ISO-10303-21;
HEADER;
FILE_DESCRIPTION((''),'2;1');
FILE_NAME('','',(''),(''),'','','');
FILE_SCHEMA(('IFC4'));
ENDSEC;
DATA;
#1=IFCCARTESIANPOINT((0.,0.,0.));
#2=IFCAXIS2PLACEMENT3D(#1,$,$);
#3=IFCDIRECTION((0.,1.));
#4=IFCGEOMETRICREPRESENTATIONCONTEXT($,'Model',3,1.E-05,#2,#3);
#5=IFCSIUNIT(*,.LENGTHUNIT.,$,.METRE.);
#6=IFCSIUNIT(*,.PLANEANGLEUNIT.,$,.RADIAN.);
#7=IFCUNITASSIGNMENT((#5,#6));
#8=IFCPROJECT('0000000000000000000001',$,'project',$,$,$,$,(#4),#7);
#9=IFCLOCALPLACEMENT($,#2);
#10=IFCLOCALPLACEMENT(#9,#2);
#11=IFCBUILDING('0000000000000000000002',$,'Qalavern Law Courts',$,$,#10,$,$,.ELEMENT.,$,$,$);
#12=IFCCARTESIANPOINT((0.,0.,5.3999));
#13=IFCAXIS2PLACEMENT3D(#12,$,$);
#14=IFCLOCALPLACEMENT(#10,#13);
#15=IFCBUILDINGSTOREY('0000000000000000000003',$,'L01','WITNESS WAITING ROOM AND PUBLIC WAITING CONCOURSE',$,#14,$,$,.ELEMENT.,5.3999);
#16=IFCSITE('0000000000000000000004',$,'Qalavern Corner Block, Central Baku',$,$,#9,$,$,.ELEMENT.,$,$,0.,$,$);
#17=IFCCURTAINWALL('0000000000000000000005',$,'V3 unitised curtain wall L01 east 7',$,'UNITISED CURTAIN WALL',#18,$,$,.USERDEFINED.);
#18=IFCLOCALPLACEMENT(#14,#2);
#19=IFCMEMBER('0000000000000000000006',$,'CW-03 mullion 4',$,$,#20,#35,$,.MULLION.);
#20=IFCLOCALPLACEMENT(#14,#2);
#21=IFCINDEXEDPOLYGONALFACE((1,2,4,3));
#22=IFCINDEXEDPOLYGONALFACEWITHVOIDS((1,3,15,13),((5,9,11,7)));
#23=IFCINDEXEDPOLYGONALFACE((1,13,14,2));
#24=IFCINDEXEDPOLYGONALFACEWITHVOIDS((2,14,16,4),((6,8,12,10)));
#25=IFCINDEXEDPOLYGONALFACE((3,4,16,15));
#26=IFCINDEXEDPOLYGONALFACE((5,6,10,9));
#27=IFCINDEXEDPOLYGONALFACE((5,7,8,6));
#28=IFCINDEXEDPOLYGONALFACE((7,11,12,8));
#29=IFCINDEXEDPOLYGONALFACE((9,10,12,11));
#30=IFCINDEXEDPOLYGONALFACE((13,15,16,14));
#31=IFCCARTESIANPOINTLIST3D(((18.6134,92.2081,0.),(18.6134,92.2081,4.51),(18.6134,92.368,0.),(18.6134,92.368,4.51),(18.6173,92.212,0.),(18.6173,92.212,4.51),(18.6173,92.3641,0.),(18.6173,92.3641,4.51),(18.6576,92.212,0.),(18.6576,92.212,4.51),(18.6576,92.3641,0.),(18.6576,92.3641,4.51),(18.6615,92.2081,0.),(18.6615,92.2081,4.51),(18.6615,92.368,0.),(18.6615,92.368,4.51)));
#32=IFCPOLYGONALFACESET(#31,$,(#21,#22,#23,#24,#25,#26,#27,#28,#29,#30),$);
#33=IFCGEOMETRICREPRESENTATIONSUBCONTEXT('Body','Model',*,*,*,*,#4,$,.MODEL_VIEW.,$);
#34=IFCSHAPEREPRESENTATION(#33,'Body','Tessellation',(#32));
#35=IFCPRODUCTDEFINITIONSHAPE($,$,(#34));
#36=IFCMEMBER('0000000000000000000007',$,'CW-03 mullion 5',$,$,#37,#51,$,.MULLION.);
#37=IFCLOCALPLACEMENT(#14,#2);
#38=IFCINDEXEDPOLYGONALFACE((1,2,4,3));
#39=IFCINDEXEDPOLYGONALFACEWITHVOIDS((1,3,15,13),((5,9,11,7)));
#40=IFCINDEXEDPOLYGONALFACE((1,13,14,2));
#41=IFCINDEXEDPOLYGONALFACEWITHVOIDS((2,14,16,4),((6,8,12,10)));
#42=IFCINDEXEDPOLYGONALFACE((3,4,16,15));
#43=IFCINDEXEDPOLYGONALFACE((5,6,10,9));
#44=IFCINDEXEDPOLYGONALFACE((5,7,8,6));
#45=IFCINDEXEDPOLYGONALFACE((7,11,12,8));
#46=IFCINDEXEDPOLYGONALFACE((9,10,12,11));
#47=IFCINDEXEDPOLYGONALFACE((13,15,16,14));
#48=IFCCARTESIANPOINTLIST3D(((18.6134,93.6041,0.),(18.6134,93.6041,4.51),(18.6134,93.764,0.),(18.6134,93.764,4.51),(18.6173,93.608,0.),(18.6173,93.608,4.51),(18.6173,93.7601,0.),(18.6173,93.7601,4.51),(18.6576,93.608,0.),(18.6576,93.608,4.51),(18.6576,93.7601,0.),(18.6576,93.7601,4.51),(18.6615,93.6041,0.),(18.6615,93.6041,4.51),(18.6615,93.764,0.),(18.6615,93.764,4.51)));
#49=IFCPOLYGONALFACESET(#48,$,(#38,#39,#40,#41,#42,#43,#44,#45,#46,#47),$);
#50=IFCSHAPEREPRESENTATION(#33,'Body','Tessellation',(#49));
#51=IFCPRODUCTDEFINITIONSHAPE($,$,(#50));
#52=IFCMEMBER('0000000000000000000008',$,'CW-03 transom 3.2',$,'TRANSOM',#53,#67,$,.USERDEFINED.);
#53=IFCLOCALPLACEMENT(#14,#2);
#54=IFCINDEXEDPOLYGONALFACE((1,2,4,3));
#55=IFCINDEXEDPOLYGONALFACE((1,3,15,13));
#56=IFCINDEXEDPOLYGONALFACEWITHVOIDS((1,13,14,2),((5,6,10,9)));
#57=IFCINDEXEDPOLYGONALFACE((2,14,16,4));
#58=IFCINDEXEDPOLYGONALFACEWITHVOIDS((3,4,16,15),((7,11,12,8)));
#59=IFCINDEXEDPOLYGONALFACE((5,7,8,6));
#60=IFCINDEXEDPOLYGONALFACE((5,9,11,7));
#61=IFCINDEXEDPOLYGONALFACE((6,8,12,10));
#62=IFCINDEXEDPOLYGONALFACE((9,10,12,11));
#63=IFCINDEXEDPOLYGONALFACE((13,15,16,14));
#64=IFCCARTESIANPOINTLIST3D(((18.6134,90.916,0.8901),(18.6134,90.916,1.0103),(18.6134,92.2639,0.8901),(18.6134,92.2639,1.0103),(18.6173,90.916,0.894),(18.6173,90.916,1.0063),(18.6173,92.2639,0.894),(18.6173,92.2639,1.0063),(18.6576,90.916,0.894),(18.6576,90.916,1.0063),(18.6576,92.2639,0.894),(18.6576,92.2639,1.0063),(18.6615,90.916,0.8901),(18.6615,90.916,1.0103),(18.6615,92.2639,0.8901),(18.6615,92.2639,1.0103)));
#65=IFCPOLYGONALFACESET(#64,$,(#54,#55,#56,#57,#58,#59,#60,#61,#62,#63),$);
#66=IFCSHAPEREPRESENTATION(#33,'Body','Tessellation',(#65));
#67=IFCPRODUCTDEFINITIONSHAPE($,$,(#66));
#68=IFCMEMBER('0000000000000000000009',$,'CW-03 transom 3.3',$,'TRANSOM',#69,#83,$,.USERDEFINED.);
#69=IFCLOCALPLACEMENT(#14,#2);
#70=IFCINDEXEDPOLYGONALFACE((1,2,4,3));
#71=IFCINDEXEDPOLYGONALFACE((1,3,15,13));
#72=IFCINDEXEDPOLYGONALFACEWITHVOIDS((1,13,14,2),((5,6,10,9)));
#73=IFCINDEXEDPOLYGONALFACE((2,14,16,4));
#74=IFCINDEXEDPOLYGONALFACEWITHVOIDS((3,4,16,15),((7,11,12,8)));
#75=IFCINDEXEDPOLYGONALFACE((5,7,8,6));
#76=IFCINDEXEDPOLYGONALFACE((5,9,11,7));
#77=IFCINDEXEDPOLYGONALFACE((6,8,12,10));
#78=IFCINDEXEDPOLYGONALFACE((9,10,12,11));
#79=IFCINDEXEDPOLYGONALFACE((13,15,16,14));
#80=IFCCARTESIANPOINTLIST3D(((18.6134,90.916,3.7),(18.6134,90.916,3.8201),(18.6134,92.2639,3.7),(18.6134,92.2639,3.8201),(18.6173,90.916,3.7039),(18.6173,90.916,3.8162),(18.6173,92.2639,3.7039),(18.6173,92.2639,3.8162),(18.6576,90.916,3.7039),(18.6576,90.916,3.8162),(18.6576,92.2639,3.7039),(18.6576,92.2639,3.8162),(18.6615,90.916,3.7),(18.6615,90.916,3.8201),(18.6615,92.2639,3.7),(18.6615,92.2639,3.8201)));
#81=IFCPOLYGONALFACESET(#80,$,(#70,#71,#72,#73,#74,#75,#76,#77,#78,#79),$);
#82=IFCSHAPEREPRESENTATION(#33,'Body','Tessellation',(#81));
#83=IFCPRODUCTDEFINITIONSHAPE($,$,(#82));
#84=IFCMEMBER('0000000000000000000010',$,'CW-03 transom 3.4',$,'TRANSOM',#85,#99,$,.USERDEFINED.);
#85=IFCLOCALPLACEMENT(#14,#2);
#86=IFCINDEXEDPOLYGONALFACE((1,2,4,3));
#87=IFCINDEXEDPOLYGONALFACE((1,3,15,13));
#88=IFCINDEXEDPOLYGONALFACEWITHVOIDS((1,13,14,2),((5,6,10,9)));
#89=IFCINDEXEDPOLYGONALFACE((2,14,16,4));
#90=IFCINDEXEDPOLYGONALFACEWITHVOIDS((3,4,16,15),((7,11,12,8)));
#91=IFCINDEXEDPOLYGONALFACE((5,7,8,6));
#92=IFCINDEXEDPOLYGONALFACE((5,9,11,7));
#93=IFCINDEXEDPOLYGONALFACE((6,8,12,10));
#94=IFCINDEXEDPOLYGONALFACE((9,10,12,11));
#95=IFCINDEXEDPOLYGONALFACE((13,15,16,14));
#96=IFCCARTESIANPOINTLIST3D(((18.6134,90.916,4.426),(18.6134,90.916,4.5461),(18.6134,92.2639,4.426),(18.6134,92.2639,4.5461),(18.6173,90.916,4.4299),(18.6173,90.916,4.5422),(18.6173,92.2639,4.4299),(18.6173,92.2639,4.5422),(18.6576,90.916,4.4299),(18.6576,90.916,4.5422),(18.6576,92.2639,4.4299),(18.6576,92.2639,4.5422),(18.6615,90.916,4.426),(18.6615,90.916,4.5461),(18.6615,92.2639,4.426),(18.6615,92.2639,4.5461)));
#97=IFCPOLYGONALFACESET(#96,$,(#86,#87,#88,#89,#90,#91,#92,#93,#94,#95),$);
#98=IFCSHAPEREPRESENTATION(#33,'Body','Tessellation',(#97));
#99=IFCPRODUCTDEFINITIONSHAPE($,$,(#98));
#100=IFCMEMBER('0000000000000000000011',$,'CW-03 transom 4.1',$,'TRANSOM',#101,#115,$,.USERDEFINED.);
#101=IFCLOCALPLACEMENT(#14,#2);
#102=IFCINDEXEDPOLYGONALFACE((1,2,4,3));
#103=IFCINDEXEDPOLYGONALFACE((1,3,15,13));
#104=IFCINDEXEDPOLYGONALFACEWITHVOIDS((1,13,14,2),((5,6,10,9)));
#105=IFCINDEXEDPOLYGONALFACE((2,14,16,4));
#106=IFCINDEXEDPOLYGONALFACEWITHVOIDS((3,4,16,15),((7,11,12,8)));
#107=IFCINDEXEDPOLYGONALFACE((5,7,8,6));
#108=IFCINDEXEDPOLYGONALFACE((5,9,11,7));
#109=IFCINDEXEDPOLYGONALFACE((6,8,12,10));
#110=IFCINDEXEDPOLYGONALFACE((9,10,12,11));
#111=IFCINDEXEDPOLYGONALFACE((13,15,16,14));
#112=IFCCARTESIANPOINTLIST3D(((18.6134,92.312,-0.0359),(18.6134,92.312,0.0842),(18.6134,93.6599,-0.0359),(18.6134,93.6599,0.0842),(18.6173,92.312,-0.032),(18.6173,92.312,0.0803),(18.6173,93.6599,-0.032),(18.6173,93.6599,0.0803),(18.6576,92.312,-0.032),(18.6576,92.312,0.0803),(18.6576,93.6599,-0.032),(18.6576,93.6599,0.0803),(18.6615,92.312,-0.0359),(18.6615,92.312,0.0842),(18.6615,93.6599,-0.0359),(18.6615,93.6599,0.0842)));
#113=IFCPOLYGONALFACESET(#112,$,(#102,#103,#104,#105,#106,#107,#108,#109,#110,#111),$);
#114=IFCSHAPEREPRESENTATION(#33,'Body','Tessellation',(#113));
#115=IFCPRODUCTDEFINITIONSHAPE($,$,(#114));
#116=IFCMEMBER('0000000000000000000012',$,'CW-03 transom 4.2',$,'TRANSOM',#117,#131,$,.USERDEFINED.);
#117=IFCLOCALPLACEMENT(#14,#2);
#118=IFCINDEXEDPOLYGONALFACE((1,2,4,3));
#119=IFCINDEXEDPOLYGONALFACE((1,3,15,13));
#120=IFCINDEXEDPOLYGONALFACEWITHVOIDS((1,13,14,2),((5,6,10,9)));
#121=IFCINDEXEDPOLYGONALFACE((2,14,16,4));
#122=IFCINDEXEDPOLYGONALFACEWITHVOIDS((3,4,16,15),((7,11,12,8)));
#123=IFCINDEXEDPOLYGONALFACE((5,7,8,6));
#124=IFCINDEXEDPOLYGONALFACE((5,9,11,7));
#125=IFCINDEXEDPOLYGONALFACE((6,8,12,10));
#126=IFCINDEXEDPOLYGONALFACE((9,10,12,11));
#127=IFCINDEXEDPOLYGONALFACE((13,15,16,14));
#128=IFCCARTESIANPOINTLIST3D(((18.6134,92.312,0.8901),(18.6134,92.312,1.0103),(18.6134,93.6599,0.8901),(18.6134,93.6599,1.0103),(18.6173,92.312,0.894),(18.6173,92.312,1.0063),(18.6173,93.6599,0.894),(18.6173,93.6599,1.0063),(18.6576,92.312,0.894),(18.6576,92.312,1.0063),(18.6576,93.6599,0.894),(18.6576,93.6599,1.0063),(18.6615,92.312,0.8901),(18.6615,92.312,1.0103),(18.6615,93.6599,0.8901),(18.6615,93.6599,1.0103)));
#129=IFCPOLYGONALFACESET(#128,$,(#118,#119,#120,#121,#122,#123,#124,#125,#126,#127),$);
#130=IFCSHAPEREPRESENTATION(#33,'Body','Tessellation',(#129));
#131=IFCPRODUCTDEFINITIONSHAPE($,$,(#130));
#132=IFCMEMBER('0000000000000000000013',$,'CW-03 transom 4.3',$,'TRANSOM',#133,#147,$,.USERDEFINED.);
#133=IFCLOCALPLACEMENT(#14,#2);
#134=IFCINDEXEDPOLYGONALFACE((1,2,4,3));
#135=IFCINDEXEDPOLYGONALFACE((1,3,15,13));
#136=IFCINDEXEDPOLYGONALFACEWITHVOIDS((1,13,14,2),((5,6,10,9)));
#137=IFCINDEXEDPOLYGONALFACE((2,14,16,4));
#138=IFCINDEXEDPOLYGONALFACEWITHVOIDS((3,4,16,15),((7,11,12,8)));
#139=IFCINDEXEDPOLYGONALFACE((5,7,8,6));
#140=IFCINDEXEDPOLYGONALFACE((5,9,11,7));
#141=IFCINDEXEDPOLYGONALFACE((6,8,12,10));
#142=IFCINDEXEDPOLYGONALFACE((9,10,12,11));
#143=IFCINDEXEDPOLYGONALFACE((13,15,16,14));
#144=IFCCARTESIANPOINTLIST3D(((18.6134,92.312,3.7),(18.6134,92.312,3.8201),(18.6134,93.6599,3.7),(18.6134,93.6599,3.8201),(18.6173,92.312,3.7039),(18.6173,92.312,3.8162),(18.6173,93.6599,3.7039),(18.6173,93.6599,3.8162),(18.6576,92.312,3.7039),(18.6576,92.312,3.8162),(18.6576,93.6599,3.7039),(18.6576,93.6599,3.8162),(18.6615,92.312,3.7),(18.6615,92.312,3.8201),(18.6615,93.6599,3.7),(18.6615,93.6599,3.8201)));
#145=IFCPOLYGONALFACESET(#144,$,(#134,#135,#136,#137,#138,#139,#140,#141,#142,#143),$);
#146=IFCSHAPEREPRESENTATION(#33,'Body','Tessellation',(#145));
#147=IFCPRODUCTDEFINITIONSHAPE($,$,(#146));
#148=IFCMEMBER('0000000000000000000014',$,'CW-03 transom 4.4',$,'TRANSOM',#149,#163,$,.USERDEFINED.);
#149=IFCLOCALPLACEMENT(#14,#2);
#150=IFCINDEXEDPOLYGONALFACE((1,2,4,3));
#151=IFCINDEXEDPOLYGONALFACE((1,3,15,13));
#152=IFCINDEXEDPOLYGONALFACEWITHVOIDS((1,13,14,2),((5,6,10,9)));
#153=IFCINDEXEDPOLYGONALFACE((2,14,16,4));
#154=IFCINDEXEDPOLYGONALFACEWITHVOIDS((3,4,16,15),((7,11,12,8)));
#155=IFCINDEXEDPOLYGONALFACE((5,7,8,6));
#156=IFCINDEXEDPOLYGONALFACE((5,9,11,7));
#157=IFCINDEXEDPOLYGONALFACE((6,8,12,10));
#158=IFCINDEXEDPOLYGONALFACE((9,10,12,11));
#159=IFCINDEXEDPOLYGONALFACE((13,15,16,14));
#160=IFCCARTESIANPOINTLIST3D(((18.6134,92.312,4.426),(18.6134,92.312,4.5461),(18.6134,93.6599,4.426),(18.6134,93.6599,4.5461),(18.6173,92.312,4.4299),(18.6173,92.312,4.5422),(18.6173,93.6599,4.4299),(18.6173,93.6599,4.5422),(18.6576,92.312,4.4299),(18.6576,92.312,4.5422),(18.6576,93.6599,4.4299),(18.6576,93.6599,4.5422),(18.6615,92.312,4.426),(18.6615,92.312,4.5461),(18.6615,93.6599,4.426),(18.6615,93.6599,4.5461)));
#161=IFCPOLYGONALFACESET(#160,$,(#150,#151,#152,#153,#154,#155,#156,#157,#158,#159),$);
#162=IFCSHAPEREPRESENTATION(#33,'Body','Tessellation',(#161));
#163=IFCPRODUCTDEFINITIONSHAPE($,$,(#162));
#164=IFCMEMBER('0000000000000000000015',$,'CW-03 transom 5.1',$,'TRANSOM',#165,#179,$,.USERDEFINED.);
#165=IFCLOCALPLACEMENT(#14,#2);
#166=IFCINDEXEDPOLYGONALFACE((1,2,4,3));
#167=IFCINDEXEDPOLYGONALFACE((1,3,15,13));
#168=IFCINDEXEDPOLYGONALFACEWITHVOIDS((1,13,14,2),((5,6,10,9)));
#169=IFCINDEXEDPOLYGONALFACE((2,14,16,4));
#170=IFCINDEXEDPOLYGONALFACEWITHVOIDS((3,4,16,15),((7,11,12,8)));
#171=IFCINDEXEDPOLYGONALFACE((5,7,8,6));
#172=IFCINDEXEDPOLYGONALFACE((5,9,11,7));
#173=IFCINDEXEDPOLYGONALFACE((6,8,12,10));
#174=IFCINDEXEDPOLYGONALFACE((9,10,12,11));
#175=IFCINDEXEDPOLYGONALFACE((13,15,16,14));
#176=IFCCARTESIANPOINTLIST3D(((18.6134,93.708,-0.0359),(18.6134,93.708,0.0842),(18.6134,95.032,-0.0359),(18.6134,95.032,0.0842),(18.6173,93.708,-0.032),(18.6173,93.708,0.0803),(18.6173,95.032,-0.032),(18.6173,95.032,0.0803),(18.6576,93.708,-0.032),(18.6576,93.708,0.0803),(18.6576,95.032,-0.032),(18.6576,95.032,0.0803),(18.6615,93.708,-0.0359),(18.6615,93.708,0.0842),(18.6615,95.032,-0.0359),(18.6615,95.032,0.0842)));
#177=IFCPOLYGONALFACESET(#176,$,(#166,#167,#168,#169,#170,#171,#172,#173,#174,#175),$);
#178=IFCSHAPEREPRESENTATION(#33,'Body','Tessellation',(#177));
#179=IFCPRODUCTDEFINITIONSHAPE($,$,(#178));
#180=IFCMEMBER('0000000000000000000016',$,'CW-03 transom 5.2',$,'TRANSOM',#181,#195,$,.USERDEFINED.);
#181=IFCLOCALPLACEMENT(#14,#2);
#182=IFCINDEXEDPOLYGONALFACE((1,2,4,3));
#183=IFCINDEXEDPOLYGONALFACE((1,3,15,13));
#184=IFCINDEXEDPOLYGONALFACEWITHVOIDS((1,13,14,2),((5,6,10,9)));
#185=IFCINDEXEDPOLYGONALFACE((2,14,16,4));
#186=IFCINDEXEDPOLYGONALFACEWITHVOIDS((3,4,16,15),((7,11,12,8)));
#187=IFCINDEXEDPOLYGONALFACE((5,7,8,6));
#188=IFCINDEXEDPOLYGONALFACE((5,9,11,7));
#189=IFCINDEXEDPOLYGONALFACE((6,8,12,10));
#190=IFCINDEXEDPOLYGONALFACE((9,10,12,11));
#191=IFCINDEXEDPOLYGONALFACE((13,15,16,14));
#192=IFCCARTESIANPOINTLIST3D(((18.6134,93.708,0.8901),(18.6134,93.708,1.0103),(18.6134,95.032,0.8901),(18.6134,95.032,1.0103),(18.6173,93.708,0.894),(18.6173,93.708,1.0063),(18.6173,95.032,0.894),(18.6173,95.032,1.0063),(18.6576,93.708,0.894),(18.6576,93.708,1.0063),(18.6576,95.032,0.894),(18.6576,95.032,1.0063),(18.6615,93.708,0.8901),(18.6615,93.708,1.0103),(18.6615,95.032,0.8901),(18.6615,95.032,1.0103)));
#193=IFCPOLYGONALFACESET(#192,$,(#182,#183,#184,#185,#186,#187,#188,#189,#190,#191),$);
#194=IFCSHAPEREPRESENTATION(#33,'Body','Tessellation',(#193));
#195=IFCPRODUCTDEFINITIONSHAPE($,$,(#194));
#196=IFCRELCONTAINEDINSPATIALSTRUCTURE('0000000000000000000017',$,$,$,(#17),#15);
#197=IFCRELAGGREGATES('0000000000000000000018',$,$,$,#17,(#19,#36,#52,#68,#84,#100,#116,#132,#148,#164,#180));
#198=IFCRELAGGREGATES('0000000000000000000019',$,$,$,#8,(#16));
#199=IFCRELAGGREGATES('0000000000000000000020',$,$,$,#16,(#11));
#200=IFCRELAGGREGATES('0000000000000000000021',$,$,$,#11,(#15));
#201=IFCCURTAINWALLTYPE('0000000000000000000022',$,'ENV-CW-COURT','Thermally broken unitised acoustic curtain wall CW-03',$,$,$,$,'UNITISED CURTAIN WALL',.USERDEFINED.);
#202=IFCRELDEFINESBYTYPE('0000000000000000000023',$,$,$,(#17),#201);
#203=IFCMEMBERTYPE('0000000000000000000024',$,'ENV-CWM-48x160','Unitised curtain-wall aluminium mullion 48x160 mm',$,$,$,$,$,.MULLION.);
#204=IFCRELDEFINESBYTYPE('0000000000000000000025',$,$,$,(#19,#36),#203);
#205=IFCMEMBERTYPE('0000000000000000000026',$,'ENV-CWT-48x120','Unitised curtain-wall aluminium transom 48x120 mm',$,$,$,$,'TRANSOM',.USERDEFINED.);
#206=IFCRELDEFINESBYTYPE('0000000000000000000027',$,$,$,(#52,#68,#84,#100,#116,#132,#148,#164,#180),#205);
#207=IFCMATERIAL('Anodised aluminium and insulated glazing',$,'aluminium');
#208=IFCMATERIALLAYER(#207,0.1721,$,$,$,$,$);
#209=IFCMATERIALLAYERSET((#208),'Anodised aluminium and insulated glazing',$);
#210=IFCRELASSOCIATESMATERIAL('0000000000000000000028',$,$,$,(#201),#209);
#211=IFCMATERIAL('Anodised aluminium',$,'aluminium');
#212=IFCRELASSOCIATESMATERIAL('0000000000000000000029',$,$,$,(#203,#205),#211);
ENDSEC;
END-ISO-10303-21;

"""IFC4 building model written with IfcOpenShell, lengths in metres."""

from ifc_helpers import new_model, si_unit, direction, frame, origin, origin_2d, place, context, subcontext, project, spatial, hollow_rectangle, extrude, material, layer, layer_set, material_profile, profile_set, type_object, element, aggregate, save


model = new_model("IFC4")

# Units and contexts
model_context = context("Model", 3, precision=1e-05, world=origin(), true_north=direction((0.0, 1.0)))
body_context = subcontext(model_context, "Body", "Model", "MODEL_VIEW")
ifc_project = project(units=[si_unit("LENGTHUNIT", "METRE"), si_unit("PLANEANGLEUNIT", "RADIAN")], contexts=[model_context])

# Site, building, storey
site_placement = place(None, origin())
site = spatial("IfcSite", under=ifc_project, at=site_placement, Name="Qalavern Corner Block, Central Baku", CompositionType="ELEMENT", RefElevation=0.0)
building_placement = place(site_placement, origin())
building = spatial("IfcBuilding", under=site, at=building_placement, Name="Qalavern Law Courts", CompositionType="ELEMENT")
storey_placement = place(building_placement, frame((0.0, 0.0, 5.3999)))
storey = spatial("IfcBuildingStorey", under=building, at=storey_placement, Name="L01", Description="WITNESS WAITING ROOM AND PUBLIC WAITING CONCOURSE", CompositionType="ELEMENT", Elevation=5.3999)

# Curtain wall, members
ifc_material_1 = material(Name="Anodised aluminium and insulated glazing", Category="aluminium")
ifc_layer_1 = layer(ifc_material_1, 0.1721)
ifc_layer_set_1 = layer_set([ifc_layer_1], Name="Anodised aluminium and insulated glazing")
curtain_wall_type = type_object("IfcCurtainWallType", Name="ENV-CW-COURT", Description="Thermally broken unitised acoustic curtain wall CW-03", ElementType="UNITISED CURTAIN WALL", PredefinedType="USERDEFINED", material=ifc_layer_set_1)
curtain_wall_placement = place(storey_placement, origin())
curtain_wall = element("IfcCurtainWall", 1, at=curtain_wall_placement, inside=storey, type_object=curtain_wall_type, Name="V3 unitised curtain wall L01 east 7", ObjectType="UNITISED CURTAIN WALL", PredefinedType="USERDEFINED")
ifc_material_2 = material(Name="Anodised aluminium", Category="aluminium")
ifc_material_profile_1 = material_profile(ifc_material_2, hollow_rectangle(XDim=0.0481, YDim=0.1599, WallThickness=0.0039, at=origin_2d()), Name="ALU MULLION 48x160")
ifc_profile_set_1 = profile_set([ifc_material_profile_1], Name="Anodised aluminium")
member_type_1 = type_object("IfcMemberType", Name="ENV-CWM-48x160", Description="Unitised curtain-wall aluminium mullion 48x160 mm", PredefinedType="MULLION", material=ifc_profile_set_1)
member_1_placement = place(storey_placement, frame((18.6375, 92.2881, 0.0), z_axis=(0.0, 0.0, 1.0), x_axis=(-1.0, 0.0, 0.0)))
member_1 = element("IfcMember", 2, at=member_1_placement, type_object=member_type_1, Name="CW-03 mullion 4", PredefinedType="MULLION", context=body_context, shape_type="SweptSolid", body=[
    extrude(hollow_rectangle(XDim=0.0481, YDim=0.1599, WallThickness=0.0039, at=origin_2d()), origin(), (0.0, 0.0, 1.0), 4.51),
])
member_2_placement = place(storey_placement, frame((18.6375, 93.6841, 0.0), z_axis=(0.0, 0.0, 1.0), x_axis=(-1.0, 0.0, 0.0)))
member_2 = element("IfcMember", 3, at=member_2_placement, type_object=member_type_1, Name="CW-03 mullion 5", PredefinedType="MULLION", context=body_context, shape_type="SweptSolid", body=[
    extrude(hollow_rectangle(XDim=0.0481, YDim=0.1599, WallThickness=0.0039, at=origin_2d()), origin(), (0.0, 0.0, 1.0), 4.51),
])
ifc_material_profile_2 = material_profile(ifc_material_2, hollow_rectangle(XDim=0.0481, YDim=0.1201, WallThickness=0.0039, at=origin_2d()), Name="ALU TRANSOM 48x120")
ifc_profile_set_2 = profile_set([ifc_material_profile_2], Name="Anodised aluminium")
member_type_2 = type_object("IfcMemberType", Name="ENV-CWT-48x120", Description="Unitised curtain-wall aluminium transom 48x120 mm", ElementType="TRANSOM", PredefinedType="USERDEFINED", material=ifc_profile_set_2)
member_3_placement = place(storey_placement, frame((18.6375, 90.916, 0.9502), z_axis=(0.0, 1.0, 0.0), x_axis=(-1.0, 0.0, 0.0)))
member_3 = element("IfcMember", 4, at=member_3_placement, type_object=member_type_2, Name="CW-03 transom 3.2", ObjectType="TRANSOM", PredefinedType="USERDEFINED", context=body_context, shape_type="SweptSolid", body=[
    extrude(hollow_rectangle(XDim=0.0481, YDim=0.1201, WallThickness=0.0039, at=origin_2d()), origin(), (0.0, 0.0, 1.0), 1.3479),
])
member_4_placement = place(storey_placement, frame((18.6375, 90.916, 3.76), z_axis=(0.0, 1.0, 0.0), x_axis=(-1.0, 0.0, 0.0)))
member_4 = element("IfcMember", 5, at=member_4_placement, type_object=member_type_2, Name="CW-03 transom 3.3", ObjectType="TRANSOM", PredefinedType="USERDEFINED", context=body_context, shape_type="SweptSolid", body=[
    extrude(hollow_rectangle(XDim=0.0481, YDim=0.1201, WallThickness=0.0039, at=origin_2d()), origin(), (0.0, 0.0, 1.0), 1.3479),
])
member_5_placement = place(storey_placement, frame((18.6375, 90.916, 4.4861), z_axis=(0.0, 1.0, 0.0), x_axis=(-1.0, 0.0, 0.0)))
member_5 = element("IfcMember", 6, at=member_5_placement, type_object=member_type_2, Name="CW-03 transom 3.4", ObjectType="TRANSOM", PredefinedType="USERDEFINED", context=body_context, shape_type="SweptSolid", body=[
    extrude(hollow_rectangle(XDim=0.0481, YDim=0.1201, WallThickness=0.0039, at=origin_2d()), origin(), (0.0, 0.0, 1.0), 1.3479),
])
member_6_placement = place(storey_placement, frame((18.6375, 92.312, 0.0242), z_axis=(0.0, 1.0, 0.0), x_axis=(-1.0, 0.0, 0.0)))
member_6 = element("IfcMember", 7, at=member_6_placement, type_object=member_type_2, Name="CW-03 transom 4.1", ObjectType="TRANSOM", PredefinedType="USERDEFINED", context=body_context, shape_type="SweptSolid", body=[
    extrude(hollow_rectangle(XDim=0.0481, YDim=0.1201, WallThickness=0.0039, at=origin_2d()), origin(), (0.0, 0.0, 1.0), 1.3479),
])
member_7_placement = place(storey_placement, frame((18.6375, 92.312, 0.9502), z_axis=(0.0, 1.0, 0.0), x_axis=(-1.0, 0.0, 0.0)))
member_7 = element("IfcMember", 8, at=member_7_placement, type_object=member_type_2, Name="CW-03 transom 4.2", ObjectType="TRANSOM", PredefinedType="USERDEFINED", context=body_context, shape_type="SweptSolid", body=[
    extrude(hollow_rectangle(XDim=0.0481, YDim=0.1201, WallThickness=0.0039, at=origin_2d()), origin(), (0.0, 0.0, 1.0), 1.3479),
])
member_8_placement = place(storey_placement, frame((18.6375, 92.312, 3.76), z_axis=(0.0, 1.0, 0.0), x_axis=(-1.0, 0.0, 0.0)))
member_8 = element("IfcMember", 9, at=member_8_placement, type_object=member_type_2, Name="CW-03 transom 4.3", ObjectType="TRANSOM", PredefinedType="USERDEFINED", context=body_context, shape_type="SweptSolid", body=[
    extrude(hollow_rectangle(XDim=0.0481, YDim=0.1201, WallThickness=0.0039, at=origin_2d()), origin(), (0.0, 0.0, 1.0), 1.3479),
])
member_9_placement = place(storey_placement, frame((18.6375, 92.312, 4.4861), z_axis=(0.0, 1.0, 0.0), x_axis=(-1.0, 0.0, 0.0)))
member_9 = element("IfcMember", 10, at=member_9_placement, type_object=member_type_2, Name="CW-03 transom 4.4", ObjectType="TRANSOM", PredefinedType="USERDEFINED", context=body_context, shape_type="SweptSolid", body=[
    extrude(hollow_rectangle(XDim=0.0481, YDim=0.1201, WallThickness=0.0039, at=origin_2d()), origin(), (0.0, 0.0, 1.0), 1.3479),
])
member_10_placement = place(storey_placement, frame((18.6375, 93.708, 0.0242), z_axis=(0.0, 1.0, 0.0), x_axis=(-1.0, 0.0, 0.0)))
member_10 = element("IfcMember", 11, at=member_10_placement, type_object=member_type_2, Name="CW-03 transom 5.1", ObjectType="TRANSOM", PredefinedType="USERDEFINED", context=body_context, shape_type="SweptSolid", body=[
    extrude(hollow_rectangle(XDim=0.0481, YDim=0.1201, WallThickness=0.0039, at=origin_2d()), origin(), (0.0, 0.0, 1.0), 1.324),
])
member_11_placement = place(storey_placement, frame((18.6375, 93.708, 0.9502), z_axis=(0.0, 1.0, 0.0), x_axis=(-1.0, 0.0, 0.0)))
member_11 = element("IfcMember", 12, at=member_11_placement, type_object=member_type_2, Name="CW-03 transom 5.2", ObjectType="TRANSOM", PredefinedType="USERDEFINED", context=body_context, shape_type="SweptSolid", body=[
    extrude(hollow_rectangle(XDim=0.0481, YDim=0.1201, WallThickness=0.0039, at=origin_2d()), origin(), (0.0, 0.0, 1.0), 1.324),
])
aggregate(curtain_wall, [member_1, member_2, member_3, member_4, member_5, member_6, member_7, member_8, member_9, member_10, member_11])

save(model, "model.ifc")
